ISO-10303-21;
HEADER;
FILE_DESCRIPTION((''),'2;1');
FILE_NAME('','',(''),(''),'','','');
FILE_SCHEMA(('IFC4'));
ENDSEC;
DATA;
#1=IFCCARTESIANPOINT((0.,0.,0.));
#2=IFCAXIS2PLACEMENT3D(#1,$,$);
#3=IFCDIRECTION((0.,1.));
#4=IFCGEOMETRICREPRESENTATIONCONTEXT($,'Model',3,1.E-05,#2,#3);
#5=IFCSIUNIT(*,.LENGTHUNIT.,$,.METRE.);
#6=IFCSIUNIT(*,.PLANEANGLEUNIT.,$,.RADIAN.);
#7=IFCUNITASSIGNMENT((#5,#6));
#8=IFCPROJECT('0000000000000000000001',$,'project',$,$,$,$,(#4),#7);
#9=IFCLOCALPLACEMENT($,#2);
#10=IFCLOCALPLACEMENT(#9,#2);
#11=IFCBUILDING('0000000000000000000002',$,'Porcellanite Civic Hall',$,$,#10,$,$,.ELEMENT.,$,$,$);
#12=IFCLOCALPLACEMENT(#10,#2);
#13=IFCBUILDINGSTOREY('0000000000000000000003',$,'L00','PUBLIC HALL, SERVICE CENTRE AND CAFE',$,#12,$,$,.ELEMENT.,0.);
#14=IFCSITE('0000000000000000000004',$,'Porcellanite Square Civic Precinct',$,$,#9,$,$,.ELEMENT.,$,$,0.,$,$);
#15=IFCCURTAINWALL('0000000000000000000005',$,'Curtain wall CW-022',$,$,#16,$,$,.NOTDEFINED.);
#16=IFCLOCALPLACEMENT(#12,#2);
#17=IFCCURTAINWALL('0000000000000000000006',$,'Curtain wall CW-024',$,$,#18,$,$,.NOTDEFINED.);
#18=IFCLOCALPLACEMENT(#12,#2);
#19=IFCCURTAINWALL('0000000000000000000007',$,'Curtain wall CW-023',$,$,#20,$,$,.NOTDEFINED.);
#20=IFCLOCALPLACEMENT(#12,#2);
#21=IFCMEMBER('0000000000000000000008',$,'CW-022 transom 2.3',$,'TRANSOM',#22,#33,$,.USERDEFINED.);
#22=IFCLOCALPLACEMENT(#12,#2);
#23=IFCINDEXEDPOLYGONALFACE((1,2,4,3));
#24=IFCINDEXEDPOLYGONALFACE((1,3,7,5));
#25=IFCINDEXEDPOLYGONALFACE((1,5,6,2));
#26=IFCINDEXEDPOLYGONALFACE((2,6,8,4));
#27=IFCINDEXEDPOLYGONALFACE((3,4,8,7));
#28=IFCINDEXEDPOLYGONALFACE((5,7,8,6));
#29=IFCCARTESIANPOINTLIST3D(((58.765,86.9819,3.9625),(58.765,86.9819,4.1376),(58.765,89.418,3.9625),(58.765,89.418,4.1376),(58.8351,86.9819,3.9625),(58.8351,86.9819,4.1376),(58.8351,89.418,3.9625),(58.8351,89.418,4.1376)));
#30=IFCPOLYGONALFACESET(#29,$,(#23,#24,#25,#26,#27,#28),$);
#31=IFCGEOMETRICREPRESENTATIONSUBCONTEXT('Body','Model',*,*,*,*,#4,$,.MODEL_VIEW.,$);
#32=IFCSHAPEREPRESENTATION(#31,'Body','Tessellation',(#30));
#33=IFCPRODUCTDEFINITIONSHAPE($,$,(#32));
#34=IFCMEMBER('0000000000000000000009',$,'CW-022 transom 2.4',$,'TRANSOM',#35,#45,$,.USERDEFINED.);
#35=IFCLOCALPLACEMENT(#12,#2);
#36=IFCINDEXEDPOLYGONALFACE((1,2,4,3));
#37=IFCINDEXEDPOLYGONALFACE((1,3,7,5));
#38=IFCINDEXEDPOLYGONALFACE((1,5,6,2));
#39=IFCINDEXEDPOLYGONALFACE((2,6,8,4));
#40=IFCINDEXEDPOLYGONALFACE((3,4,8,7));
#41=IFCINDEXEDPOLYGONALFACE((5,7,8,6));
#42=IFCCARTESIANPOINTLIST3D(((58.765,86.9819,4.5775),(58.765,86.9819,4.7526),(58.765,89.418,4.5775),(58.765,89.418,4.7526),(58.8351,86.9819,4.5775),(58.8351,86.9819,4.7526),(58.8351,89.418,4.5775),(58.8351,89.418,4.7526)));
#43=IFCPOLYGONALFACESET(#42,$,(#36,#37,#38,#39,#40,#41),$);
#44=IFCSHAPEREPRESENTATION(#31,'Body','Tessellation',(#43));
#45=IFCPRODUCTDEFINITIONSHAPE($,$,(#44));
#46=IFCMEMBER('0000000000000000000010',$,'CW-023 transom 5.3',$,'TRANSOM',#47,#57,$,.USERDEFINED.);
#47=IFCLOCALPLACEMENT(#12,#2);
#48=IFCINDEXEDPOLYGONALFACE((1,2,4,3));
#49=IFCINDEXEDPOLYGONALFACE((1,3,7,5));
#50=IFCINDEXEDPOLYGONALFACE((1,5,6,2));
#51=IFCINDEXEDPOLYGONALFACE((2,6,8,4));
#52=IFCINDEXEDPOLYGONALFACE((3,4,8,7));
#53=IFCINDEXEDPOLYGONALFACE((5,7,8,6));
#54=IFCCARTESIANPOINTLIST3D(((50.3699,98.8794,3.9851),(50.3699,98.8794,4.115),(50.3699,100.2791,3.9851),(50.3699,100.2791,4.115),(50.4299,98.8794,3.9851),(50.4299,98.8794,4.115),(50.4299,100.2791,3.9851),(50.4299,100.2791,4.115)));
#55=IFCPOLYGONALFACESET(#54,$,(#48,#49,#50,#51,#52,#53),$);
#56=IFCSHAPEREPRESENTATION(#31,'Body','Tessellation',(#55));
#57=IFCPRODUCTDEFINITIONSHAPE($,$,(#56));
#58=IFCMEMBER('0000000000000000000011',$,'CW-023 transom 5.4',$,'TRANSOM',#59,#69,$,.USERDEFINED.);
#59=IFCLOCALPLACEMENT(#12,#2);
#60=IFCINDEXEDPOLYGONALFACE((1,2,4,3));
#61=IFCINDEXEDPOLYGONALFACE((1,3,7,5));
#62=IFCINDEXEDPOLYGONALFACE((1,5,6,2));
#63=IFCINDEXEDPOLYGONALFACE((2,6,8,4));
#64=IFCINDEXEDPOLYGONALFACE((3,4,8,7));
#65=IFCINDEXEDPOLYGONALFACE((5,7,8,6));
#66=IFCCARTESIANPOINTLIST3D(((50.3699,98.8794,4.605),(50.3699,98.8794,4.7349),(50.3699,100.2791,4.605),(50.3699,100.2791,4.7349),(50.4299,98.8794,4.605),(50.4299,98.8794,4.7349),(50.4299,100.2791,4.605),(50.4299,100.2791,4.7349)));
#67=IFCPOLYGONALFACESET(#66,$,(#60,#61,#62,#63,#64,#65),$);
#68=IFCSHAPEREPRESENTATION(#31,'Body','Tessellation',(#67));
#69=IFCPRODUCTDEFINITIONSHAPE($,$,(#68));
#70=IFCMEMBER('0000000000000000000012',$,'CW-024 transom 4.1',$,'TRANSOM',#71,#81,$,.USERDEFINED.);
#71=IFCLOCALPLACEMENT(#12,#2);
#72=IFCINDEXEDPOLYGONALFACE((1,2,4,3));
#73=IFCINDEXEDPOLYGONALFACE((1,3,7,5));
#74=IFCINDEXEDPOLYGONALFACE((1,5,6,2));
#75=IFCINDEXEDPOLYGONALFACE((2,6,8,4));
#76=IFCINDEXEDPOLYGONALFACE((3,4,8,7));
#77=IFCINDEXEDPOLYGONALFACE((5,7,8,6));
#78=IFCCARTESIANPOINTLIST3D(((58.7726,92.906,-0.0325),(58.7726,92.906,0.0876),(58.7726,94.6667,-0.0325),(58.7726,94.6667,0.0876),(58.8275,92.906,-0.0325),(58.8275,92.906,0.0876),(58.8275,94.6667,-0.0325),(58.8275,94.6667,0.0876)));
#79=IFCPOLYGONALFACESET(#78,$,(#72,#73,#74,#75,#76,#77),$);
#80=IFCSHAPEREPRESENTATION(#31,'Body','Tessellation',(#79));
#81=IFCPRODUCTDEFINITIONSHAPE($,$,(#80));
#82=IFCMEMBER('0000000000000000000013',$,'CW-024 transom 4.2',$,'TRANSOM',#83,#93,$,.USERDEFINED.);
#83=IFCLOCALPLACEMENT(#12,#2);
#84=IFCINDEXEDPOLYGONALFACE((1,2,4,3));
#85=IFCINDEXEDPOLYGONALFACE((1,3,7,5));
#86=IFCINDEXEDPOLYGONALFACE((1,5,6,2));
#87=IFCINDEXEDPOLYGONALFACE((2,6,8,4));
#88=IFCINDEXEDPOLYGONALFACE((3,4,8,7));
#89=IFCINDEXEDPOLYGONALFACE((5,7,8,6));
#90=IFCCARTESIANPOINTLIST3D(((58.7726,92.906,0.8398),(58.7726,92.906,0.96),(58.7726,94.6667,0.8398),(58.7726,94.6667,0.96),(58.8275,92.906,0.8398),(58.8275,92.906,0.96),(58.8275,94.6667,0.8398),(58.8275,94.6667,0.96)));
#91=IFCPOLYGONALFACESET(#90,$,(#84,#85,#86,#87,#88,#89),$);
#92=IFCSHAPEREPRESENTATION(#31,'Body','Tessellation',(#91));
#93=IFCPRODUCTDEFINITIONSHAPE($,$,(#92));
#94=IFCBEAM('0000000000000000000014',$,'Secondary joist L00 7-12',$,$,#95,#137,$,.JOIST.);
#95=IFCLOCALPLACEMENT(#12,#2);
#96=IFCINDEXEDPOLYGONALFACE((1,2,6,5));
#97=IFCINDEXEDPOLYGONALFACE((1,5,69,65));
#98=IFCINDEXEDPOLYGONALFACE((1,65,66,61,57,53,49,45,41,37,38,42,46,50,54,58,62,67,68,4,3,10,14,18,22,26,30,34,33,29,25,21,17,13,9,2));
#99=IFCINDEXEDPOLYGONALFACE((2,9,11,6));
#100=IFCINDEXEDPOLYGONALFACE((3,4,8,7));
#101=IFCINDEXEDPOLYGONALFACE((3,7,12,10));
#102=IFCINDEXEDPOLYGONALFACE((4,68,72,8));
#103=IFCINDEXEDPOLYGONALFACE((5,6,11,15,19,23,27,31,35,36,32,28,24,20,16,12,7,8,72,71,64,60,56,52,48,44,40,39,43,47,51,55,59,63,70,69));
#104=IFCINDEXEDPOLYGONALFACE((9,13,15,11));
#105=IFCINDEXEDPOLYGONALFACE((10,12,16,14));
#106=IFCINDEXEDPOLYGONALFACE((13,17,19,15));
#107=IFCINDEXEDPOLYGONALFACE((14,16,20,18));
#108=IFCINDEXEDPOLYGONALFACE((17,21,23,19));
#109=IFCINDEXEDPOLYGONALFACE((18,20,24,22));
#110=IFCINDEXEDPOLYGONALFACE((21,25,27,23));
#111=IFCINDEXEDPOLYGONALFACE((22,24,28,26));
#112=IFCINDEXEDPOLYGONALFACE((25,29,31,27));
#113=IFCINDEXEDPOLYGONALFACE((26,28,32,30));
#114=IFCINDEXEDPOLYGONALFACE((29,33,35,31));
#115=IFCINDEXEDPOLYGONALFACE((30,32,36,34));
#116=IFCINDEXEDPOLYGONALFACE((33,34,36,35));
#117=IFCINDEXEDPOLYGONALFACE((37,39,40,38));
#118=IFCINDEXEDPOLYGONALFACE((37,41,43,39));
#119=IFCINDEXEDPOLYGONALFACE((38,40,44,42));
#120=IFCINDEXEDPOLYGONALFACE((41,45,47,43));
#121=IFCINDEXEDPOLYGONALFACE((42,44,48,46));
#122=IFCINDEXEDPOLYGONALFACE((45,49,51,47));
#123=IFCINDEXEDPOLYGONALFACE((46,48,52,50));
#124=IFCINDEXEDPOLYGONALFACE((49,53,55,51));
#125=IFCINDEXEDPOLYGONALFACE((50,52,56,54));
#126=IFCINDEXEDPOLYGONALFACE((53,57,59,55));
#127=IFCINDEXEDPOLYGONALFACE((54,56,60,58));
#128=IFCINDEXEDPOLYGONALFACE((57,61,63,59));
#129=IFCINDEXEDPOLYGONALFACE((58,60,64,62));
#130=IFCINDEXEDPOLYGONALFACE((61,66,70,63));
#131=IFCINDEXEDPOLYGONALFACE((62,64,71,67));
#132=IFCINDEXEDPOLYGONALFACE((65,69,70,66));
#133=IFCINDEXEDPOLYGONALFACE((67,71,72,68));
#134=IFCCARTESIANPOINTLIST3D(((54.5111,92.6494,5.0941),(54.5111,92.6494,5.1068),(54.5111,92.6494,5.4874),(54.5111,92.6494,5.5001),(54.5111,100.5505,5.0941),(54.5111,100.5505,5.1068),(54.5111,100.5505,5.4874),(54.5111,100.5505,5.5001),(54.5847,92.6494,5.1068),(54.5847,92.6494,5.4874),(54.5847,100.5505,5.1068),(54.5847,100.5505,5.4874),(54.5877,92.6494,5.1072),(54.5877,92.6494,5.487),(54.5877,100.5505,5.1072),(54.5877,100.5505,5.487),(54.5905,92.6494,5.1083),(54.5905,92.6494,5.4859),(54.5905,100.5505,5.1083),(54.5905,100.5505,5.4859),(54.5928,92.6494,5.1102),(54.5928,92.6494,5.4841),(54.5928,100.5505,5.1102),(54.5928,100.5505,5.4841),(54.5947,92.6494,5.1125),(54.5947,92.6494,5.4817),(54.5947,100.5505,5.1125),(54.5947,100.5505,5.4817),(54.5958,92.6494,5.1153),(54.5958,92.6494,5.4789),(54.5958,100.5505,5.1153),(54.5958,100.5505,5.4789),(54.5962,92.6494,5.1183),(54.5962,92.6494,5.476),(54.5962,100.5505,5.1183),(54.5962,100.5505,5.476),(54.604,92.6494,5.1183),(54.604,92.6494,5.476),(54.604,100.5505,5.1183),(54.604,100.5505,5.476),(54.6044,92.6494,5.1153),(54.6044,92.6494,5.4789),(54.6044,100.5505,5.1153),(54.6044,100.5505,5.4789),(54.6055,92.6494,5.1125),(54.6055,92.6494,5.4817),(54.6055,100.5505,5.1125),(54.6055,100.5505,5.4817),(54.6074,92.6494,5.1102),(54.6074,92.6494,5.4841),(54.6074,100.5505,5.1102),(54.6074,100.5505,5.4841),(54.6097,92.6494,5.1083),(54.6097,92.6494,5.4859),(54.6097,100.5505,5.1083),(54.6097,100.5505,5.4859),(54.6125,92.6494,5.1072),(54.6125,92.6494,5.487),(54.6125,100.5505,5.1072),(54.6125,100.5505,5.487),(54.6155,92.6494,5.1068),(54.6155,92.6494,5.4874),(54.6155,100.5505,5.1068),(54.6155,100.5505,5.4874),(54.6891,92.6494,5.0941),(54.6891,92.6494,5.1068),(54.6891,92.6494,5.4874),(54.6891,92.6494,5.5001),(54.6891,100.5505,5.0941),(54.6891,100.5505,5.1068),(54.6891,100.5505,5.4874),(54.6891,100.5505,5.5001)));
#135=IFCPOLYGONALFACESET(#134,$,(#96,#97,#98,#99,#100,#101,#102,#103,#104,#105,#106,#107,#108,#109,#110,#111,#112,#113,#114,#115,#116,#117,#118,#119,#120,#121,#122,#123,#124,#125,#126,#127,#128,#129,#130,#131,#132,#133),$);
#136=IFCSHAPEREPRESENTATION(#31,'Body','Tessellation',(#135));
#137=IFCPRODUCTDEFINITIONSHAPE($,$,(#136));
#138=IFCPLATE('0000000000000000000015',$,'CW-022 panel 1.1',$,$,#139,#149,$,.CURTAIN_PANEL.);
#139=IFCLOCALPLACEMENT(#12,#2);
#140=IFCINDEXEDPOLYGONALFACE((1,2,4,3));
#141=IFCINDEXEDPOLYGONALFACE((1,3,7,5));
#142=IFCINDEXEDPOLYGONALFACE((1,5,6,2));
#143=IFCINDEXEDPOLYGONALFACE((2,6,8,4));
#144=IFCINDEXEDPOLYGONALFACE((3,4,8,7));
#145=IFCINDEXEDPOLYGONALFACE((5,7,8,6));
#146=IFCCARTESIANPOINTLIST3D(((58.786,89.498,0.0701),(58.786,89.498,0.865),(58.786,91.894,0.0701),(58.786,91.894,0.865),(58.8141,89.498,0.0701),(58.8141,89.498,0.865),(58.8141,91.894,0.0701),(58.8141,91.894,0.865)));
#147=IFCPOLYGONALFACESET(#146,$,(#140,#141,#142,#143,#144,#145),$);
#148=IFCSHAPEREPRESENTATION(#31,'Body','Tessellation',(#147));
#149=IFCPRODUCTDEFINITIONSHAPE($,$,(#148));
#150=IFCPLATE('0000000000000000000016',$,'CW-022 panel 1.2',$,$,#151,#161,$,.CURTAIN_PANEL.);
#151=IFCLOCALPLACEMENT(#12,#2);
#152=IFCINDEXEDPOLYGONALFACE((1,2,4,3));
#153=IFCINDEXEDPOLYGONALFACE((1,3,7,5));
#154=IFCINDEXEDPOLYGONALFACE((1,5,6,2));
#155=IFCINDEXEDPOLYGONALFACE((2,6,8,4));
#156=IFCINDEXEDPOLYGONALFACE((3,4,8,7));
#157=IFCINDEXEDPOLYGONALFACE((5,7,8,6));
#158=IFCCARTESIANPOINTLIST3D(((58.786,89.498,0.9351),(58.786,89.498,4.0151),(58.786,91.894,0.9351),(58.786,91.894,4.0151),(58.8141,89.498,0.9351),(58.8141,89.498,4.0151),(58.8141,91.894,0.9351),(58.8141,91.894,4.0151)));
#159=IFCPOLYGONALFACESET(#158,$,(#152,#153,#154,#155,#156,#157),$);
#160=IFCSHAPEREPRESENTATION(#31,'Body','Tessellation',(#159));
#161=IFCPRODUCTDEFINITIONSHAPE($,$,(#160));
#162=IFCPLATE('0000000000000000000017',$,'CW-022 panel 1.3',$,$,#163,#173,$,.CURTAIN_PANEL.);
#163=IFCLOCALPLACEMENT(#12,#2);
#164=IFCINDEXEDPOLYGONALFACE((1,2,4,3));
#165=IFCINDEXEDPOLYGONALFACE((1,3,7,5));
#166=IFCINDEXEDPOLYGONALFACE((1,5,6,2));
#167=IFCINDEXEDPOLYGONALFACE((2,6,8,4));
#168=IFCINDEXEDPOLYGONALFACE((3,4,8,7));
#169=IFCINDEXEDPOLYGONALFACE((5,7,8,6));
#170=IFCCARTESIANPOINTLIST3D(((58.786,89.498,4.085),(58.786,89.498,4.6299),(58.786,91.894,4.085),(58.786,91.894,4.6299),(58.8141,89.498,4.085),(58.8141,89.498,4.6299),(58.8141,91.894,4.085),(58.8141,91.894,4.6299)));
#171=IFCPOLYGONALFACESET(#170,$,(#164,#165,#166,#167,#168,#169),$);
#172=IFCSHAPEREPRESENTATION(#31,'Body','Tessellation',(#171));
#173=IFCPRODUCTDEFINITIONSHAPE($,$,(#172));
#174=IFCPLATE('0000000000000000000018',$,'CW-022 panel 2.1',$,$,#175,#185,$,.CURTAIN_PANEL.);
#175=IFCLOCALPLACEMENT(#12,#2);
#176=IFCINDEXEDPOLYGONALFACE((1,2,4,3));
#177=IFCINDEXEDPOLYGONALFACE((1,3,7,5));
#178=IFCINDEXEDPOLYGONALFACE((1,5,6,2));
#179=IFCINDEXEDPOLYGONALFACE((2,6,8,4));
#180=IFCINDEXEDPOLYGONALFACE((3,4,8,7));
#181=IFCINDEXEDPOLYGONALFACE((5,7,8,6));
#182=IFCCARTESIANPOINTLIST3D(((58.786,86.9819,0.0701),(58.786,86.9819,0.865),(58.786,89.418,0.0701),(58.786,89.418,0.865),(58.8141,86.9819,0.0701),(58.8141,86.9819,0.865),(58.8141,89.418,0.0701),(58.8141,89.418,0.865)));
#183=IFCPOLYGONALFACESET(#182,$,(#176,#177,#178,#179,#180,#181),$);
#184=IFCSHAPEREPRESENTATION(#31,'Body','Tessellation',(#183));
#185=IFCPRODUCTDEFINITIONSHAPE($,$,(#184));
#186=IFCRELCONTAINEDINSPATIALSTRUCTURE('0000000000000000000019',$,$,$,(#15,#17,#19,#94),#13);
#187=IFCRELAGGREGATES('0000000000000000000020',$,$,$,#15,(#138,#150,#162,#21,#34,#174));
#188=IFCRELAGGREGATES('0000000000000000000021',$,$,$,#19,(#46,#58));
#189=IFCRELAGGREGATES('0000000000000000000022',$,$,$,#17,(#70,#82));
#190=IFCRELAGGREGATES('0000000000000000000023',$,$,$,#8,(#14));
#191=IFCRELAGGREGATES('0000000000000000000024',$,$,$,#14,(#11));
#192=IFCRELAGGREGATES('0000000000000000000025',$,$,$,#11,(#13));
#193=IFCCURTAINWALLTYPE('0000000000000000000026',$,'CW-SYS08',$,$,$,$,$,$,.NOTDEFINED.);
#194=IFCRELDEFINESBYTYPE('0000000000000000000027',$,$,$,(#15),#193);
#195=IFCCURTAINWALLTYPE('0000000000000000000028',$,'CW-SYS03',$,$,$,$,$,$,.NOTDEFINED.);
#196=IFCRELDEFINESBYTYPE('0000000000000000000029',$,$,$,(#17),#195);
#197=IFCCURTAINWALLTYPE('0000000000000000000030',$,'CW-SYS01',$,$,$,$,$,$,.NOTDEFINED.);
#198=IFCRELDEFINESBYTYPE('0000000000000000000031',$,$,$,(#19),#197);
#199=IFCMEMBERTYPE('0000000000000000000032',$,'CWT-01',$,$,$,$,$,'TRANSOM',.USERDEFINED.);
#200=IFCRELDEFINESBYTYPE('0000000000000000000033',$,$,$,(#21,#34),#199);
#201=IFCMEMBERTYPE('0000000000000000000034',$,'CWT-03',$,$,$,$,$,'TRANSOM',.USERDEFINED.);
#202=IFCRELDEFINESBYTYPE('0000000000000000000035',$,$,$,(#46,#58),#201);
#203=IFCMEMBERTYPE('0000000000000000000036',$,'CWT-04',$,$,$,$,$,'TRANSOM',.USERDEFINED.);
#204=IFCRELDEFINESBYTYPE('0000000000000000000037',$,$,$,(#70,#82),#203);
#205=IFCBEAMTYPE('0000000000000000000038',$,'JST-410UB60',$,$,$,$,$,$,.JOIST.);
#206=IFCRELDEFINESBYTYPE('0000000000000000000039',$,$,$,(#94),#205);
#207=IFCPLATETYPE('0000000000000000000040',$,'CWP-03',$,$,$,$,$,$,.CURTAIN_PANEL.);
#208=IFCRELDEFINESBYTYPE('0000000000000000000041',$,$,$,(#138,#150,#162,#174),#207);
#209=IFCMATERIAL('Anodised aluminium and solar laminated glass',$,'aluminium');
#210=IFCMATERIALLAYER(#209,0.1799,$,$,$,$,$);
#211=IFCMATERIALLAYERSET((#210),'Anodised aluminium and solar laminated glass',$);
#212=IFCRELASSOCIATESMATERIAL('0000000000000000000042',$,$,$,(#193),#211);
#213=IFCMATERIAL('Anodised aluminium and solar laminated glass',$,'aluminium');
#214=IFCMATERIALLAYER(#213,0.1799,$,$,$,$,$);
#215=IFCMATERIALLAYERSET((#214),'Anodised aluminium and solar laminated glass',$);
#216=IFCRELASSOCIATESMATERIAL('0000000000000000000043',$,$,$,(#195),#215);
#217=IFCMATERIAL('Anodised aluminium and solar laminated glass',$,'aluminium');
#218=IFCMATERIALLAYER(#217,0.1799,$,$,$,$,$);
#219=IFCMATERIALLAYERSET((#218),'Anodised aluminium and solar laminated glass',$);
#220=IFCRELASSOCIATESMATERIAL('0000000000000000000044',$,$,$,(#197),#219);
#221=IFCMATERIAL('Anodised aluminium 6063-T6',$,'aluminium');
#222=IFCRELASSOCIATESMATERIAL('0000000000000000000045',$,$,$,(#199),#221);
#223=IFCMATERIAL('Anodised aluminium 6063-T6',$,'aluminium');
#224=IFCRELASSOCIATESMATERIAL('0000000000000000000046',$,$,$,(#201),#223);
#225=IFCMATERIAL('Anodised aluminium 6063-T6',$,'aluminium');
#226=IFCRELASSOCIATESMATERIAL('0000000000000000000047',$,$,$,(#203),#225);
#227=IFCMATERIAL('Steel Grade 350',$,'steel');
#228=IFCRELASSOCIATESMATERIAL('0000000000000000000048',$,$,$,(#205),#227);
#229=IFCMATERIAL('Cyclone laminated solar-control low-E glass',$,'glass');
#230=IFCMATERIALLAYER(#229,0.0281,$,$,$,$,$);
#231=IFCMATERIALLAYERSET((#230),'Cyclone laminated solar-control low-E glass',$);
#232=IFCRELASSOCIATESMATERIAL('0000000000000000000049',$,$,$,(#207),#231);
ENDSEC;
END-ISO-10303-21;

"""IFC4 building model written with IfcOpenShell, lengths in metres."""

from ifc_helpers import new_model, si_unit, direction, frame, origin, origin_2d, place, context, subcontext, project, spatial, rectangle, i_section, extrude, material, layer, layer_set, material_profile, profile_set, type_object, element, aggregate, save


model = new_model("IFC4")

# Units and contexts
model_context = context("Model", 3, precision=1e-05, world=origin(), true_north=direction((0.0, 1.0)))
body_context = subcontext(model_context, "Body", "Model", "MODEL_VIEW")
ifc_project = project(units=[si_unit("LENGTHUNIT", "METRE"), si_unit("PLANEANGLEUNIT", "RADIAN")], contexts=[model_context])

# Site, building, storey
site_placement = place(None, origin())
site = spatial("IfcSite", under=ifc_project, at=site_placement, Name="Porcellanite Square Civic Precinct", CompositionType="ELEMENT", RefElevation=0.0)
building_placement = place(site_placement, origin())
building = spatial("IfcBuilding", under=site, at=building_placement, Name="Porcellanite Civic Hall", CompositionType="ELEMENT")
storey_placement = place(building_placement, origin())
storey = spatial("IfcBuildingStorey", under=building, at=storey_placement, Name="L00", Description="PUBLIC HALL, SERVICE CENTRE AND CAFE", CompositionType="ELEMENT", Elevation=0.0)

# Curtain wall
ifc_material_1 = material(Name="Anodised aluminium and solar laminated glass", Category="aluminium")
ifc_layer_1 = layer(ifc_material_1, 0.1799)
ifc_layer_set_1 = layer_set([ifc_layer_1], Name="Anodised aluminium and solar laminated glass")
curtain_wall_type_1 = type_object("IfcCurtainWallType", Name="CW-SYS08", PredefinedType="NOTDEFINED", material=ifc_layer_set_1)
curtain_wall_1_placement = place(storey_placement, origin())
curtain_wall_1 = element("IfcCurtainWall", 1, at=curtain_wall_1_placement, inside=storey, type_object=curtain_wall_type_1, Name="Curtain wall CW-022", PredefinedType="NOTDEFINED")

# Curtain walls
ifc_material_2 = material(Name="Anodised aluminium and solar laminated glass", Category="aluminium")
ifc_layer_2 = layer(ifc_material_2, 0.1799)
ifc_layer_set_2 = layer_set([ifc_layer_2], Name="Anodised aluminium and solar laminated glass")
curtain_wall_type_2 = type_object("IfcCurtainWallType", Name="CW-SYS03", PredefinedType="NOTDEFINED", material=ifc_layer_set_2)
curtain_wall_2_placement = place(storey_placement, origin())
curtain_wall_2 = element("IfcCurtainWall", 2, at=curtain_wall_2_placement, inside=storey, type_object=curtain_wall_type_2, Name="Curtain wall CW-024", PredefinedType="NOTDEFINED")
ifc_material_3 = material(Name="Anodised aluminium and solar laminated glass", Category="aluminium")
ifc_layer_3 = layer(ifc_material_3, 0.1799)
ifc_layer_set_3 = layer_set([ifc_layer_3], Name="Anodised aluminium and solar laminated glass")
curtain_wall_type_3 = type_object("IfcCurtainWallType", Name="CW-SYS01", PredefinedType="NOTDEFINED", material=ifc_layer_set_3)
curtain_wall_3_placement = place(storey_placement, origin())
curtain_wall_3 = element("IfcCurtainWall", 3, at=curtain_wall_3_placement, inside=storey, type_object=curtain_wall_type_3, Name="Curtain wall CW-023", PredefinedType="NOTDEFINED")

# Members
ifc_material_4 = material(Name="Anodised aluminium 6063-T6", Category="aluminium")
ifc_material_profile_1 = material_profile(ifc_material_4, rectangle(XDim=0.0701, YDim=0.175, at=origin_2d()), Name="AL-70x175")
ifc_profile_set_1 = profile_set([ifc_material_profile_1], Name="Anodised aluminium 6063-T6")
member_type_1 = type_object("IfcMemberType", Name="CWT-01", ElementType="TRANSOM", PredefinedType="USERDEFINED", material=ifc_profile_set_1)
member_1_placement = place(storey_placement, frame((58.8, 89.418, 4.05), z_axis=(0.0, -1.0, 0.0), x_axis=(1.0, 0.0, 0.0)))
member_1 = element("IfcMember", 4, at=member_1_placement, type_object=member_type_1, Name="CW-022 transom 2.3", ObjectType="TRANSOM", PredefinedType="USERDEFINED", context=body_context, shape_type="SweptSolid", body=[
    extrude(rectangle(XDim=0.0701, YDim=0.175, at=origin_2d()), origin(), (0.0, 0.0, 1.0), 2.436),
])
member_2_placement = place(storey_placement, frame((58.8, 89.418, 4.665), z_axis=(0.0, -1.0, 0.0), x_axis=(1.0, 0.0, 0.0)))
member_2 = element("IfcMember", 5, at=member_2_placement, type_object=member_type_1, Name="CW-022 transom 2.4", ObjectType="TRANSOM", PredefinedType="USERDEFINED", context=body_context, shape_type="SweptSolid", body=[
    extrude(rectangle(XDim=0.0701, YDim=0.175, at=origin_2d()), origin(), (0.0, 0.0, 1.0), 2.436),
])
ifc_material_5 = material(Name="Anodised aluminium 6063-T6", Category="aluminium")
ifc_material_profile_2 = material_profile(ifc_material_5, rectangle(XDim=0.0601, YDim=0.1299, at=origin_2d()), Name="AL-60x130")
ifc_profile_set_2 = profile_set([ifc_material_profile_2], Name="Anodised aluminium 6063-T6")
member_type_2 = type_object("IfcMemberType", Name="CWT-03", ElementType="TRANSOM", PredefinedType="USERDEFINED", material=ifc_profile_set_2)
member_3_placement = place(storey_placement, frame((50.3999, 98.8794, 4.05), z_axis=(0.0, 1.0, 0.0), x_axis=(-1.0, 0.0, 0.0)))
member_3 = element("IfcMember", 6, at=member_3_placement, type_object=member_type_2, Name="CW-023 transom 5.3", ObjectType="TRANSOM", PredefinedType="USERDEFINED", context=body_context, shape_type="SweptSolid", body=[
    extrude(rectangle(XDim=0.0601, YDim=0.1299, at=origin_2d()), origin(), (0.0, 0.0, 1.0), 1.3997),
])
member_4_placement = place(storey_placement, frame((50.3999, 98.8794, 4.6699), z_axis=(0.0, 1.0, 0.0), x_axis=(-1.0, 0.0, 0.0)))
member_4 = element("IfcMember", 7, at=member_4_placement, type_object=member_type_2, Name="CW-023 transom 5.4", ObjectType="TRANSOM", PredefinedType="USERDEFINED", context=body_context, shape_type="SweptSolid", body=[
    extrude(rectangle(XDim=0.0601, YDim=0.1299, at=origin_2d()), origin(), (0.0, 0.0, 1.0), 1.3997),
])
ifc_material_6 = material(Name="Anodised aluminium 6063-T6", Category="aluminium")
ifc_material_profile_3 = material_profile(ifc_material_6, rectangle(XDim=0.0549, YDim=0.1201, at=origin_2d()), Name="AL-55x120")
ifc_profile_set_3 = profile_set([ifc_material_profile_3], Name="Anodised aluminium 6063-T6")
member_type_3 = type_object("IfcMemberType", Name="CWT-04", ElementType="TRANSOM", PredefinedType="USERDEFINED", material=ifc_profile_set_3)
member_5_placement = place(storey_placement, frame((58.8, 94.6667, 0.0276), z_axis=(0.0, -1.0, 0.0), x_axis=(1.0, 0.0, 0.0)))
member_5 = element("IfcMember", 8, at=member_5_placement, type_object=member_type_3, Name="CW-024 transom 4.1", ObjectType="TRANSOM", PredefinedType="USERDEFINED", context=body_context, shape_type="SweptSolid", body=[
    extrude(rectangle(XDim=0.0549, YDim=0.1201, at=origin_2d()), origin(), (0.0, 0.0, 1.0), 1.7607),
])
member_6_placement = place(storey_placement, frame((58.8, 94.6667, 0.8999), z_axis=(0.0, -1.0, 0.0), x_axis=(1.0, 0.0, 0.0)))
member_6 = element("IfcMember", 9, at=member_6_placement, type_object=member_type_3, Name="CW-024 transom 4.2", ObjectType="TRANSOM", PredefinedType="USERDEFINED", context=body_context, shape_type="SweptSolid", body=[
    extrude(rectangle(XDim=0.0549, YDim=0.1201, at=origin_2d()), origin(), (0.0, 0.0, 1.0), 1.7607),
])

# Beam
ifc_material_7 = material(Name="Steel Grade 350", Category="steel")
ifc_material_profile_4 = material_profile(ifc_material_7, i_section(OverallWidth=0.178, OverallDepth=0.406, WebThickness=0.0078, FlangeThickness=0.0127, FilletRadius=0.0115, at=origin_2d()), Name="410UB59.7")
ifc_profile_set_4 = profile_set([ifc_material_profile_4], Name="Steel Grade 350")
beam_type_1 = type_object("IfcBeamType", Name="JST-410UB60", PredefinedType="JOIST", material=ifc_profile_set_4)
beam_1_placement = place(storey_placement, frame((54.6001, 92.6494, 5.2971), z_axis=(0.0, 1.0, 0.0), x_axis=(-1.0, 0.0, 0.0)))
element("IfcBeam", 10, at=beam_1_placement, inside=storey, type_object=beam_type_1, Name="Secondary joist L00 7-12", PredefinedType="JOIST", context=body_context, shape_type="SweptSolid", body=[
    extrude(i_section(OverallWidth=0.178, OverallDepth=0.406, WebThickness=0.0078, FlangeThickness=0.0127, FilletRadius=0.0115, at=origin_2d()), origin(), (0.0, 0.0, 1.0), 7.9011),
])

# Plates
ifc_material_8 = material(Name="Cyclone laminated solar-control low-E glass", Category="glass")
ifc_layer_4 = layer(ifc_material_8, 0.0281)
ifc_layer_set_4 = layer_set([ifc_layer_4], Name="Cyclone laminated solar-control low-E glass")
plate_type_1 = type_object("IfcPlateType", Name="CWP-03", PredefinedType="CURTAIN_PANEL", material=ifc_layer_set_4)
plate_1_placement = place(storey_placement, frame((58.8, 90.696, 0.0701), z_axis=(0.0, 0.0, 1.0), x_axis=(0.0, -1.0, 0.0)))
plate_1 = element("IfcPlate", 11, at=plate_1_placement, type_object=plate_type_1, Name="CW-022 panel 1.1", PredefinedType="CURTAIN_PANEL", context=body_context, shape_type="SweptSolid", body=[
    extrude(rectangle(XDim=2.396, YDim=0.0281, at=origin_2d()), origin(), (0.0, 0.0, 1.0), 0.7949),
])
plate_2_placement = place(storey_placement, frame((58.8, 90.696, 0.9351), z_axis=(0.0, 0.0, 1.0), x_axis=(0.0, -1.0, 0.0)))
plate_2 = element("IfcPlate", 12, at=plate_2_placement, type_object=plate_type_1, Name="CW-022 panel 1.2", PredefinedType="CURTAIN_PANEL", context=body_context, shape_type="SweptSolid", body=[
    extrude(rectangle(XDim=2.396, YDim=0.0281, at=origin_2d()), origin(), (0.0, 0.0, 1.0), 3.0801),
])
plate_3_placement = place(storey_placement, frame((58.8, 90.696, 4.085), z_axis=(0.0, 0.0, 1.0), x_axis=(0.0, -1.0, 0.0)))
plate_3 = element("IfcPlate", 13, at=plate_3_placement, type_object=plate_type_1, Name="CW-022 panel 1.3", PredefinedType="CURTAIN_PANEL", context=body_context, shape_type="SweptSolid", body=[
    extrude(rectangle(XDim=2.396, YDim=0.0281, at=origin_2d()), origin(), (0.0, 0.0, 1.0), 0.5449),
])
plate_4_placement = place(storey_placement, frame((58.8, 88.2, 0.0701), z_axis=(0.0, 0.0, 1.0), x_axis=(0.0, -1.0, 0.0)))
plate_4 = element("IfcPlate", 14, at=plate_4_placement, type_object=plate_type_1, Name="CW-022 panel 2.1", PredefinedType="CURTAIN_PANEL", context=body_context, shape_type="SweptSolid", body=[
    extrude(rectangle(XDim=2.436, YDim=0.0281, at=origin_2d()), origin(), (0.0, 0.0, 1.0), 0.7949),
])
aggregate(curtain_wall_1, [plate_1, plate_2, plate_3, member_1, member_2, plate_4])
aggregate(curtain_wall_3, [member_3, member_4])
aggregate(curtain_wall_2, [member_5, member_6])

save(model, "model.ifc")
